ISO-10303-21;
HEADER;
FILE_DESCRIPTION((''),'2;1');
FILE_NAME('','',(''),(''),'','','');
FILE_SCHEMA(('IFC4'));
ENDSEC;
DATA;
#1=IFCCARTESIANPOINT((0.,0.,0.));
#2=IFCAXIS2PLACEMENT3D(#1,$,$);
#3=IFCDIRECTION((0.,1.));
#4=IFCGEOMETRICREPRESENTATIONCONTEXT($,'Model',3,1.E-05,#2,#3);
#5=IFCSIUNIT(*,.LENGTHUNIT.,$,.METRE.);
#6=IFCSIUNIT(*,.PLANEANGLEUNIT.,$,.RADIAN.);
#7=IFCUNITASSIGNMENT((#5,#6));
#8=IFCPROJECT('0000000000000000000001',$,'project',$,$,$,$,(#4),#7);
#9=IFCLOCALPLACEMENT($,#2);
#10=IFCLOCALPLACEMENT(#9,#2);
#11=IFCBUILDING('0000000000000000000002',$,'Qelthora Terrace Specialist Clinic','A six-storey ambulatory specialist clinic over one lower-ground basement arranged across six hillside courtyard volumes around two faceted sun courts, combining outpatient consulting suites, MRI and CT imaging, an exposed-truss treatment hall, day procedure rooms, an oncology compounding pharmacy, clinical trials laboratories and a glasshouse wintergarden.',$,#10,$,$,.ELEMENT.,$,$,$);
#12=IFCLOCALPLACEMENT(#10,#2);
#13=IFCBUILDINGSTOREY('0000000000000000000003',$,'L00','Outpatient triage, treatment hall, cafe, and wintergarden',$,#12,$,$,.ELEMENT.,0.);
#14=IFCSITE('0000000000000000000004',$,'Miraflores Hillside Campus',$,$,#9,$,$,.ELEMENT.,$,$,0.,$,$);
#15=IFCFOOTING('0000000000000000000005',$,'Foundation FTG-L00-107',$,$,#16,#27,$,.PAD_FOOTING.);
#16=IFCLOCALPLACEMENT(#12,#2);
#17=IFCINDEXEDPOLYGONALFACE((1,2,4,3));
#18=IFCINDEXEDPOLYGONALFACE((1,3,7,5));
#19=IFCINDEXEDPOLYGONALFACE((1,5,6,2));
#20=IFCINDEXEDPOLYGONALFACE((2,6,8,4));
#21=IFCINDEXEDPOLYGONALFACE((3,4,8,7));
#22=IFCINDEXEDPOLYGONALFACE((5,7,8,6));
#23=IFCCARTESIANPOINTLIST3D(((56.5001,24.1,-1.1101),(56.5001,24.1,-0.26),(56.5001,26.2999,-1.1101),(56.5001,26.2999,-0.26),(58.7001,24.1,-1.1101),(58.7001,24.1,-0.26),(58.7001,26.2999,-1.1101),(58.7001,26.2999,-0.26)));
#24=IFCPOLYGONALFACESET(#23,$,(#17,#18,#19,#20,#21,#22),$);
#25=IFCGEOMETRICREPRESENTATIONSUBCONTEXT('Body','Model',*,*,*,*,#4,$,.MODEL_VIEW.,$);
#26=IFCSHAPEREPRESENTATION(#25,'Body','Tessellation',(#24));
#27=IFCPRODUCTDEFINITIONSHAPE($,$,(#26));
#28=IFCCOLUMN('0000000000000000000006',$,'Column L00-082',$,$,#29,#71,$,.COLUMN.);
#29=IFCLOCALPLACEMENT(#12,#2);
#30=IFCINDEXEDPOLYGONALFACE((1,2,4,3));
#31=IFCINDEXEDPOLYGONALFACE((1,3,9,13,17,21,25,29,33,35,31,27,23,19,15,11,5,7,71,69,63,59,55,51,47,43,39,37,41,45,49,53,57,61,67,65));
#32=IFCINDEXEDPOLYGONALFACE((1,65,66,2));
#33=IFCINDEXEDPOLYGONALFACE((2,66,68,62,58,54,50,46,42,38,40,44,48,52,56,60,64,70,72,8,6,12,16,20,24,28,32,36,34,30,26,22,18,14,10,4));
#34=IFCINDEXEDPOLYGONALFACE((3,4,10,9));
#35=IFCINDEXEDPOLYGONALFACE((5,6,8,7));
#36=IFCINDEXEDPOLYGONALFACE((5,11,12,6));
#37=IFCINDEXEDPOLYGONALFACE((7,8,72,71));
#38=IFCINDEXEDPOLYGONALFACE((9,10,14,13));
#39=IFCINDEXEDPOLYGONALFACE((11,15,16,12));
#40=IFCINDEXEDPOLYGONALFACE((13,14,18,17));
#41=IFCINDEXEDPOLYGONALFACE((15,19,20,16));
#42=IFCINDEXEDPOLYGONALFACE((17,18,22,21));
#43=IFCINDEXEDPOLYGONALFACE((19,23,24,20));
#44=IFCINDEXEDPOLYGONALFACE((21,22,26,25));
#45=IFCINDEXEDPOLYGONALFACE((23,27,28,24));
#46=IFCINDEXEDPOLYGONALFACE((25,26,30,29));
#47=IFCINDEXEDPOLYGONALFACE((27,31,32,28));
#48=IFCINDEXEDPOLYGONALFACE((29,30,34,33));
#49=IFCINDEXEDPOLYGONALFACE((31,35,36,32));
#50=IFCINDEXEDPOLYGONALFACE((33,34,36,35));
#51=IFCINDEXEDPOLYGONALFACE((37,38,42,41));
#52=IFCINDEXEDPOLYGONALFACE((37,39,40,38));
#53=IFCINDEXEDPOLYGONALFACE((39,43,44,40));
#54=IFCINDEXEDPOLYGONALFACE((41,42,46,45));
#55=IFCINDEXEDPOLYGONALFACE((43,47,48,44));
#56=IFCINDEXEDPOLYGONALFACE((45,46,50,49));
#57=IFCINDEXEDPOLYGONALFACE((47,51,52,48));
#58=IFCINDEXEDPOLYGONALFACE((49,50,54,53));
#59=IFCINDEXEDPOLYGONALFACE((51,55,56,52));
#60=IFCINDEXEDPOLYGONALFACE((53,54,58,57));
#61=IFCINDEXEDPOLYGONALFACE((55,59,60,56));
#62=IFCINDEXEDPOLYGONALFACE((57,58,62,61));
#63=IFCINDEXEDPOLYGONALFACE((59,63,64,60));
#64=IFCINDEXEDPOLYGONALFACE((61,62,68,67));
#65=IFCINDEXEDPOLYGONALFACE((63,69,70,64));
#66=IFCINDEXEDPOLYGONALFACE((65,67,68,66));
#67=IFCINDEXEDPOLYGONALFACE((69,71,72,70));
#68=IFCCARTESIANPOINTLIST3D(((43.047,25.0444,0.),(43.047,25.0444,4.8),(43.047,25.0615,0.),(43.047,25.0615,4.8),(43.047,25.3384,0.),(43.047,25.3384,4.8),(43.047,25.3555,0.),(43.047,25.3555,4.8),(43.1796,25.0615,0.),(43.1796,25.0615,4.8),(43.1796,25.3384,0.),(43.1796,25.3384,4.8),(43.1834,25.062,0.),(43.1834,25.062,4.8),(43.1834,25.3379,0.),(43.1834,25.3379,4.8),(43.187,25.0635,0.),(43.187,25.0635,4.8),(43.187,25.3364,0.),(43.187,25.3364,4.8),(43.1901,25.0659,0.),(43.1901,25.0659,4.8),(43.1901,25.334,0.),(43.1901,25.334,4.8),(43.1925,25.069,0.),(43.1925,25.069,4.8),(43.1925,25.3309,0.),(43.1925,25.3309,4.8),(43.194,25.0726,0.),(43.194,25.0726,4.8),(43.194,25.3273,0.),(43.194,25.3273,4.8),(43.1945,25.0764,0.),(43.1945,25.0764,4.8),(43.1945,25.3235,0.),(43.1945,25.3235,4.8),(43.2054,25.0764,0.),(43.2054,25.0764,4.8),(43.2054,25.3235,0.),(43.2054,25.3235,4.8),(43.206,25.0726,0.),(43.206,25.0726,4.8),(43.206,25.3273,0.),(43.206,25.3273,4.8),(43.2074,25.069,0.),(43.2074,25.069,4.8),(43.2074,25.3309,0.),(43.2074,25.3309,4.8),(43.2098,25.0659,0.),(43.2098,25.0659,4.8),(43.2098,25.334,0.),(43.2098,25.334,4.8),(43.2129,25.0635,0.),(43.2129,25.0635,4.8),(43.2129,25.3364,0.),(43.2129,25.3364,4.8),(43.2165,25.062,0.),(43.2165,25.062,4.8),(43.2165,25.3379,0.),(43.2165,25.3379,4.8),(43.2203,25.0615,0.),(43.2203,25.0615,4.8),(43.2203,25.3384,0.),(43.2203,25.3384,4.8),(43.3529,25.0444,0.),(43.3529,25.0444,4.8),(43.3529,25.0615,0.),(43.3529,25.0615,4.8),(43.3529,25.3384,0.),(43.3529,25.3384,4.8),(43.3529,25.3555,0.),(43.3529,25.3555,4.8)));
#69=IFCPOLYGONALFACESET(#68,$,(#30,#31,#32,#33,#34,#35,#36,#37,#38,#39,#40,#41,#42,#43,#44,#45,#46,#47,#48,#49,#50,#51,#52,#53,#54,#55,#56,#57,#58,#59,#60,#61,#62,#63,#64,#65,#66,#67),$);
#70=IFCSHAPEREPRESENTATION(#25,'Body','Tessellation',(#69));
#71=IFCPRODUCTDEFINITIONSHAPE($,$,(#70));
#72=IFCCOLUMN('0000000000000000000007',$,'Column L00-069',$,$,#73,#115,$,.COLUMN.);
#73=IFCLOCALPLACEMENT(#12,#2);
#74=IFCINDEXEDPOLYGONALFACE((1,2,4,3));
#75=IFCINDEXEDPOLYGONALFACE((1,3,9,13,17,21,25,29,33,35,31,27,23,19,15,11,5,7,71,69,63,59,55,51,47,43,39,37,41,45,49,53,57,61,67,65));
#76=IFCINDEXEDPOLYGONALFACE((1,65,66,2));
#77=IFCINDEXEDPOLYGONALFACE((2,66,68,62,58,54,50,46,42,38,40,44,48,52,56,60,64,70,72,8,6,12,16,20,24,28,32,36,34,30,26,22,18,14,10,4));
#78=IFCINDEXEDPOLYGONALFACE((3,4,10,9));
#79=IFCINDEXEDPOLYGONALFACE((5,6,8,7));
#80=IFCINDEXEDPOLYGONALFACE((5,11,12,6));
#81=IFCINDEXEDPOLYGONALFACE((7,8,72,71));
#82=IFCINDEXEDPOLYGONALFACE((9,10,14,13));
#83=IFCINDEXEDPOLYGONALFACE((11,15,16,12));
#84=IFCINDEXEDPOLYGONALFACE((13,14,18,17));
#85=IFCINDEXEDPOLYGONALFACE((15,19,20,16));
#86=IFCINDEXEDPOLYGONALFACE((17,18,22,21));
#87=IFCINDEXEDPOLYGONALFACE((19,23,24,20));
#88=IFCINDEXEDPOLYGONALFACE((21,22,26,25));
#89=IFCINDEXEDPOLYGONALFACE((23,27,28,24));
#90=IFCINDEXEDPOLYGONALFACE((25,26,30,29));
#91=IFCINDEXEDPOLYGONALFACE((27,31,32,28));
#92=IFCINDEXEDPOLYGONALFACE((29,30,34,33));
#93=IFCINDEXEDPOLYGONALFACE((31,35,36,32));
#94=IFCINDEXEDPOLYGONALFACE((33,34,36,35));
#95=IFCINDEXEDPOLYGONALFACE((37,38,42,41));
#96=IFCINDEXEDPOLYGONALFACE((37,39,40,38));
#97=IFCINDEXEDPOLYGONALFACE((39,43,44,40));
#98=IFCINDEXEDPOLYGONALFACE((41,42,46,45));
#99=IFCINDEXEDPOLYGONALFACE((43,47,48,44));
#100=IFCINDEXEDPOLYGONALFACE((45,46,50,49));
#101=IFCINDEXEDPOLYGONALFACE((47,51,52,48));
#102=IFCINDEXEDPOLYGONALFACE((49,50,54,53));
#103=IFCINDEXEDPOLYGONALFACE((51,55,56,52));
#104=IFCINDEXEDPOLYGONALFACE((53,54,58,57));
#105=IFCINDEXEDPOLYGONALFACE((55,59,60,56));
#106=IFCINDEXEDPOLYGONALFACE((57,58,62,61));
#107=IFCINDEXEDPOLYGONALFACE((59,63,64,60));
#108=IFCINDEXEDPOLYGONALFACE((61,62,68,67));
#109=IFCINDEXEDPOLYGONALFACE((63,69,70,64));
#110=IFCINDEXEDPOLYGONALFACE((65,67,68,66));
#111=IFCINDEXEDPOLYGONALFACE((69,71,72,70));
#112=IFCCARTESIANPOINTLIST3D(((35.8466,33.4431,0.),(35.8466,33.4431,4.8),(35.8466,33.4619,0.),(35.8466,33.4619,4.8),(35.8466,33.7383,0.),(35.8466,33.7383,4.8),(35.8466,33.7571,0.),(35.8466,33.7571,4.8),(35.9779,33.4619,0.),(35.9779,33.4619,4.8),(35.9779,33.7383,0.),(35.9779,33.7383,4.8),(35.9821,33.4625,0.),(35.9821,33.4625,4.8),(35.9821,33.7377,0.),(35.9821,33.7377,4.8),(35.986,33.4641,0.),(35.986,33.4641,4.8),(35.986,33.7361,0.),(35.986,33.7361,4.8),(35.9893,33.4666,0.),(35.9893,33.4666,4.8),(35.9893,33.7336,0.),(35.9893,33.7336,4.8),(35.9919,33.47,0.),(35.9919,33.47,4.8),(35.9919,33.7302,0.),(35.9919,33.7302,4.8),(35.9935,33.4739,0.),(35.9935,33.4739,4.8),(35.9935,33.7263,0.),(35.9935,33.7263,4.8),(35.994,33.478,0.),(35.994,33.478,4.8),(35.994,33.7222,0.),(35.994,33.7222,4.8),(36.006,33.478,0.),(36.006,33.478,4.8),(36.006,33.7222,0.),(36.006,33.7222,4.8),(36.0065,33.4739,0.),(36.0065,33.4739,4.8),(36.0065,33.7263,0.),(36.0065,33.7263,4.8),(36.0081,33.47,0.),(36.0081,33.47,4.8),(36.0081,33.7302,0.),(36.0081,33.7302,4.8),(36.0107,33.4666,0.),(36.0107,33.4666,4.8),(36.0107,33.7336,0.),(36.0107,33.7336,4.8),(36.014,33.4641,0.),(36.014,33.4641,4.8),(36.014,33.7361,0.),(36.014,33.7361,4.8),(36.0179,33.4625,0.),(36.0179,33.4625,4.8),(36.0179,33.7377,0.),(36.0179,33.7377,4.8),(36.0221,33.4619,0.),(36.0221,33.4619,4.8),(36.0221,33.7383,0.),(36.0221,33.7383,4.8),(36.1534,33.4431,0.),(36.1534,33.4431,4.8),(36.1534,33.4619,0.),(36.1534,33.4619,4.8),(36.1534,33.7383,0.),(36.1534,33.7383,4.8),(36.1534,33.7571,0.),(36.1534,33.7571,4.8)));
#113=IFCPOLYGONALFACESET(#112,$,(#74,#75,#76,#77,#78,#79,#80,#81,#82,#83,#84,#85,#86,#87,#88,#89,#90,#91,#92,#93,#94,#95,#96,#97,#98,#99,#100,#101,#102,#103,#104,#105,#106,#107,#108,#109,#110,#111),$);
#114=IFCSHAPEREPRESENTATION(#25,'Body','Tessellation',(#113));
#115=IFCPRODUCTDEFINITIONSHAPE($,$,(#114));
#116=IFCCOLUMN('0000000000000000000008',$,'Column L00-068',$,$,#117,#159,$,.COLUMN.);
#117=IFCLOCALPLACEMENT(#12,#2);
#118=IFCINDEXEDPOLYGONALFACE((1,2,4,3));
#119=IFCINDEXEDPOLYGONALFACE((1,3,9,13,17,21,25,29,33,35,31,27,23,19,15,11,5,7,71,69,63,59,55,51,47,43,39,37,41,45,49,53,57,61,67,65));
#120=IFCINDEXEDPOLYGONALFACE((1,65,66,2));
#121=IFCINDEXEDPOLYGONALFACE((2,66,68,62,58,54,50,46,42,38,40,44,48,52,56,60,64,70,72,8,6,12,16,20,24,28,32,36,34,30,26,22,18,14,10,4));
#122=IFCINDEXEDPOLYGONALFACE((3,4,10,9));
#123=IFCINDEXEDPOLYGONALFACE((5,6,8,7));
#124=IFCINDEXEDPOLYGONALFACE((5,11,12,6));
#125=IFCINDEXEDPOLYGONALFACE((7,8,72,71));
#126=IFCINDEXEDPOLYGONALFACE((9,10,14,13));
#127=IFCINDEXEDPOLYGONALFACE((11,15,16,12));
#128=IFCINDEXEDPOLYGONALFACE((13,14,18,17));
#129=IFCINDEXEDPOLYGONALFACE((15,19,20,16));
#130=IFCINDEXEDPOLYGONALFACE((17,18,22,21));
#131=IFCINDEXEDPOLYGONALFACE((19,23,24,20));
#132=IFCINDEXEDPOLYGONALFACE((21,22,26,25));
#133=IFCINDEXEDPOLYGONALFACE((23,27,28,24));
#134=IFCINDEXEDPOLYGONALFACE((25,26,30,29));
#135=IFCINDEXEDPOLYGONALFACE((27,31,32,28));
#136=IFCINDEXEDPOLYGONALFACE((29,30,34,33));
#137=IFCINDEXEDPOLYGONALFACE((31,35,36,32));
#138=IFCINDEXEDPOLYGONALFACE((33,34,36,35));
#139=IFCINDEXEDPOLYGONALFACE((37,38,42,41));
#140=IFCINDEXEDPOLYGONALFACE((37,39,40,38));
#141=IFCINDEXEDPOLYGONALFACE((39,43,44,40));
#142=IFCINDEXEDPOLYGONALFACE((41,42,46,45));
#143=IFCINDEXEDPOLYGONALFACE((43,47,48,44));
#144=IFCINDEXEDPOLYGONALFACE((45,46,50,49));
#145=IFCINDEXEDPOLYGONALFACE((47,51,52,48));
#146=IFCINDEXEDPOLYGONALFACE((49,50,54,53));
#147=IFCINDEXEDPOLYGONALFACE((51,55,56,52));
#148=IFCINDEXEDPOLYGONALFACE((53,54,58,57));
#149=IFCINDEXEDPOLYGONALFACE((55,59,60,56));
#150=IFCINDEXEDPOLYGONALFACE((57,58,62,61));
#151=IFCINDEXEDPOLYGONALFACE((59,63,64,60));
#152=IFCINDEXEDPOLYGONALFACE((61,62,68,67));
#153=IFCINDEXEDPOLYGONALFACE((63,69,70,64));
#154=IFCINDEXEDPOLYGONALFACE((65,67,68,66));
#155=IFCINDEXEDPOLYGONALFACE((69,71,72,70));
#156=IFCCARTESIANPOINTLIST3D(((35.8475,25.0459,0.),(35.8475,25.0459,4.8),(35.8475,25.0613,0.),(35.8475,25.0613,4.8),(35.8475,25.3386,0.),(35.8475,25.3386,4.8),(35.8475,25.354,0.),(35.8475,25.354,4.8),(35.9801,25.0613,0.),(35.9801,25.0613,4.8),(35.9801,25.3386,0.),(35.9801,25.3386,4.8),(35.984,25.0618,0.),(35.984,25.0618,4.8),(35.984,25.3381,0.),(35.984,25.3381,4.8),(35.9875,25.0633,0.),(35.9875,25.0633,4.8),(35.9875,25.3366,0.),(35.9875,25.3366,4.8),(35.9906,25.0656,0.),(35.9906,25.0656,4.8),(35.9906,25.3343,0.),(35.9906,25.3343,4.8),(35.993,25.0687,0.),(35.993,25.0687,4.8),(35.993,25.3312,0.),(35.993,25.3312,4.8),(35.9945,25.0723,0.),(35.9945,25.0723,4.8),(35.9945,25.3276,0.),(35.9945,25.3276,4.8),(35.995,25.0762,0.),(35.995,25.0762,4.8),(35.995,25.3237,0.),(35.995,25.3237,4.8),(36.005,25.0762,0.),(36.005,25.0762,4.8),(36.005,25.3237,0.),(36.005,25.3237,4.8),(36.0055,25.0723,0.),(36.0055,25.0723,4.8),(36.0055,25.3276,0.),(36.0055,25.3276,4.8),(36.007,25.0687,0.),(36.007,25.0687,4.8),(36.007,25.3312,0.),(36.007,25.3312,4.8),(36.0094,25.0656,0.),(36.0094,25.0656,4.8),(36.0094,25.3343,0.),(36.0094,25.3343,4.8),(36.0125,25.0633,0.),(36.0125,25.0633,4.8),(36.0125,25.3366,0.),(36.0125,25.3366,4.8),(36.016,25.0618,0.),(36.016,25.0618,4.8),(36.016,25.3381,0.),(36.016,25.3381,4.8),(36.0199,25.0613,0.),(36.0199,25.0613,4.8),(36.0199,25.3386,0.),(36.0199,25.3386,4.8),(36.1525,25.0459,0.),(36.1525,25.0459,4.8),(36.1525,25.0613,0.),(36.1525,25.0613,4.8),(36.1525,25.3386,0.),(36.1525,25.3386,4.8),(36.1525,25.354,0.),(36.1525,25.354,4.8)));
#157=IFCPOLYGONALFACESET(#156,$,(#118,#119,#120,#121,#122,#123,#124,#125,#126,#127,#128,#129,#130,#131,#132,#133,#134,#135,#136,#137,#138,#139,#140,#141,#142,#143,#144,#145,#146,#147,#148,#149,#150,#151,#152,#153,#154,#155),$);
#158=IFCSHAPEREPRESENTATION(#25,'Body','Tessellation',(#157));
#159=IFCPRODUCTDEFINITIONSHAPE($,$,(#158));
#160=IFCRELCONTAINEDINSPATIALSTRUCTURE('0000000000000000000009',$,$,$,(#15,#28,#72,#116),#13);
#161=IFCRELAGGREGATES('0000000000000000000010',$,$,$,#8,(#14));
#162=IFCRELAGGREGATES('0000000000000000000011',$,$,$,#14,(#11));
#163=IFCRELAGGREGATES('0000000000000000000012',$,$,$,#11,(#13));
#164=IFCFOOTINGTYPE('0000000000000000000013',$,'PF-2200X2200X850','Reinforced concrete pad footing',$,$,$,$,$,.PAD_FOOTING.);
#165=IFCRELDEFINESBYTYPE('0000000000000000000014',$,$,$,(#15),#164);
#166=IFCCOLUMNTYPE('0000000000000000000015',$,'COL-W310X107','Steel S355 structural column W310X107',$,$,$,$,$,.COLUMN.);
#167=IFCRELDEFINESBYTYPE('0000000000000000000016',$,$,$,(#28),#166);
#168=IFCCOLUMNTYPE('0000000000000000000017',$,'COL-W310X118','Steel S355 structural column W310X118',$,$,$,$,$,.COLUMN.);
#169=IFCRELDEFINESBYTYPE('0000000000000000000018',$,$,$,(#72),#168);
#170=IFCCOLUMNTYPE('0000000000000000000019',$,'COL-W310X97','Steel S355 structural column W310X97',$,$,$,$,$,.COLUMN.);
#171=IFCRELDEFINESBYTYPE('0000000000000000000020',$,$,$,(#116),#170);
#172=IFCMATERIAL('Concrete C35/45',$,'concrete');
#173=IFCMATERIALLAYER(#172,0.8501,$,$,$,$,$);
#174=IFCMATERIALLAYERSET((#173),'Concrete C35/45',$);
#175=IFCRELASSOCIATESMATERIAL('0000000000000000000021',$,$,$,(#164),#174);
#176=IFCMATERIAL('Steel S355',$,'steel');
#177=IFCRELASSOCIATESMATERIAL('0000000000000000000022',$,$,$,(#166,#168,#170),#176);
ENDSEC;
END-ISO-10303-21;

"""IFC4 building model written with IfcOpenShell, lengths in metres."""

from ifc_helpers import new_model, si_unit, direction, frame, origin, origin_2d, place, context, subcontext, project, spatial, rectangle, i_section, extrude, material, layer, layer_set, material_profile, profile_set, type_object, element, save


model = new_model("IFC4")

# Units and contexts
model_context = context("Model", 3, precision=1e-05, world=origin(), true_north=direction((0.0, 1.0)))
body_context = subcontext(model_context, "Body", "Model", "MODEL_VIEW")
ifc_project = project(units=[si_unit("LENGTHUNIT", "METRE"), si_unit("PLANEANGLEUNIT", "RADIAN")], contexts=[model_context])

# Site, building, storey
site_placement = place(None, origin())
site = spatial("IfcSite", under=ifc_project, at=site_placement, Name="Miraflores Hillside Campus", CompositionType="ELEMENT", RefElevation=0.0)
building_placement = place(site_placement, origin())
building = spatial("IfcBuilding", under=site, at=building_placement, Name="Qelthora Terrace Specialist Clinic", Description="A six-storey ambulatory specialist clinic over one lower-ground basement arranged across six hillside courtyard volumes around two faceted sun courts, combining outpatient consulting suites, MRI and CT imaging, an exposed-truss treatment hall, day procedure rooms, an oncology compounding pharmacy, clinical trials laboratories and a glasshouse wintergarden.", CompositionType="ELEMENT")
storey_placement = place(building_placement, origin())
storey = spatial("IfcBuildingStorey", under=building, at=storey_placement, Name="L00", Description="Outpatient triage, treatment hall, cafe, and wintergarden", CompositionType="ELEMENT", Elevation=0.0)

# Footing
ifc_material_1 = material(Name="Concrete C35/45", Category="concrete")
ifc_layer_1 = layer(ifc_material_1, 0.8501)
ifc_layer_set_1 = layer_set([ifc_layer_1], Name="Concrete C35/45")
footing_type = type_object("IfcFootingType", Name="PF-2200X2200X850", Description="Reinforced concrete pad footing", PredefinedType="PAD_FOOTING", material=ifc_layer_set_1)
footing_placement = place(storey_placement, frame((57.6001, 25.2, -1.1101), z_axis=(0.0, 0.0, 1.0), x_axis=(1.0, 0.0, 0.0)))
element("IfcFooting", 1, at=footing_placement, inside=storey, type_object=footing_type, Name="Foundation FTG-L00-107", PredefinedType="PAD_FOOTING", context=body_context, shape_type="SweptSolid", body=[
    extrude(rectangle(XDim=2.2, YDim=2.2, at=origin_2d()), origin(), (0.0, 0.0, 1.0), 0.8501),
])

# Columns
ifc_material_2 = material(Name="Steel S355", Category="steel")
ifc_material_profile_1 = material_profile(ifc_material_2, i_section(OverallWidth=0.3059, OverallDepth=0.311, WebThickness=0.011, FlangeThickness=0.0171, FilletRadius=0.0149, at=origin_2d()), Name="W310X107")
ifc_profile_set_1 = profile_set([ifc_material_profile_1], Name="Steel S355")
column_type_1 = type_object("IfcColumnType", Name="COL-W310X107", Description="Steel S355 structural column W310X107", PredefinedType="COLUMN", material=ifc_profile_set_1)
column_1_placement = place(storey_placement, frame((43.2, 25.2, 0.0), z_axis=(0.0, 0.0, 1.0), x_axis=(1.0, 0.0, 0.0)))
element("IfcColumn", 2, at=column_1_placement, inside=storey, type_object=column_type_1, Name="Column L00-082", PredefinedType="COLUMN", context=body_context, shape_type="SweptSolid", body=[
    extrude(i_section(OverallWidth=0.3059, OverallDepth=0.311, WebThickness=0.011, FlangeThickness=0.0171, FilletRadius=0.0149, at=origin_2d()), origin(), (0.0, 0.0, 1.0), 4.8),
])
ifc_material_profile_2 = material_profile(ifc_material_2, i_section(OverallWidth=0.3069, OverallDepth=0.314, WebThickness=0.012, FlangeThickness=0.0188, FilletRadius=0.0161, at=origin_2d()), Name="W310X118")
ifc_profile_set_2 = profile_set([ifc_material_profile_2], Name="Steel S355")
column_type_2 = type_object("IfcColumnType", Name="COL-W310X118", Description="Steel S355 structural column W310X118", PredefinedType="COLUMN", material=ifc_profile_set_2)
column_2_placement = place(storey_placement, frame((36.0, 33.6001, 0.0), z_axis=(0.0, 0.0, 1.0), x_axis=(1.0, 0.0, 0.0)))
element("IfcColumn", 3, at=column_2_placement, inside=storey, type_object=column_type_2, Name="Column L00-069", PredefinedType="COLUMN", context=body_context, shape_type="SweptSolid", body=[
    extrude(i_section(OverallWidth=0.3069, OverallDepth=0.314, WebThickness=0.012, FlangeThickness=0.0188, FilletRadius=0.0161, at=origin_2d()), origin(), (0.0, 0.0, 1.0), 4.8),
])
ifc_material_profile_3 = material_profile(ifc_material_2, i_section(OverallWidth=0.3049, OverallDepth=0.3081, WebThickness=0.01, FlangeThickness=0.0154, FilletRadius=0.0149, at=origin_2d()), Name="W310X97")
ifc_profile_set_3 = profile_set([ifc_material_profile_3], Name="Steel S355")
column_type_3 = type_object("IfcColumnType", Name="COL-W310X97", Description="Steel S355 structural column W310X97", PredefinedType="COLUMN", material=ifc_profile_set_3)
for number, where, z_axis, x_axis, name in (
    (4, (36.0, 25.2, 0.0), (0.0, 0.0, 1.0), (1.0, 0.0, 0.0), "Column L00-068"),
):
    element("IfcColumn", number, at=place(storey_placement, frame(where, z_axis=z_axis, x_axis=x_axis)), inside=storey, type_object=column_type_3, Name=name, PredefinedType="COLUMN", context=body_context, shape_type="SweptSolid", body=[
        extrude(i_section(OverallWidth=0.3049, OverallDepth=0.3081, WebThickness=0.01, FlangeThickness=0.0154, FilletRadius=0.0149, at=origin_2d()), origin(), (0.0, 0.0, 1.0), 4.8),
    ])

save(model, "model.ifc")
